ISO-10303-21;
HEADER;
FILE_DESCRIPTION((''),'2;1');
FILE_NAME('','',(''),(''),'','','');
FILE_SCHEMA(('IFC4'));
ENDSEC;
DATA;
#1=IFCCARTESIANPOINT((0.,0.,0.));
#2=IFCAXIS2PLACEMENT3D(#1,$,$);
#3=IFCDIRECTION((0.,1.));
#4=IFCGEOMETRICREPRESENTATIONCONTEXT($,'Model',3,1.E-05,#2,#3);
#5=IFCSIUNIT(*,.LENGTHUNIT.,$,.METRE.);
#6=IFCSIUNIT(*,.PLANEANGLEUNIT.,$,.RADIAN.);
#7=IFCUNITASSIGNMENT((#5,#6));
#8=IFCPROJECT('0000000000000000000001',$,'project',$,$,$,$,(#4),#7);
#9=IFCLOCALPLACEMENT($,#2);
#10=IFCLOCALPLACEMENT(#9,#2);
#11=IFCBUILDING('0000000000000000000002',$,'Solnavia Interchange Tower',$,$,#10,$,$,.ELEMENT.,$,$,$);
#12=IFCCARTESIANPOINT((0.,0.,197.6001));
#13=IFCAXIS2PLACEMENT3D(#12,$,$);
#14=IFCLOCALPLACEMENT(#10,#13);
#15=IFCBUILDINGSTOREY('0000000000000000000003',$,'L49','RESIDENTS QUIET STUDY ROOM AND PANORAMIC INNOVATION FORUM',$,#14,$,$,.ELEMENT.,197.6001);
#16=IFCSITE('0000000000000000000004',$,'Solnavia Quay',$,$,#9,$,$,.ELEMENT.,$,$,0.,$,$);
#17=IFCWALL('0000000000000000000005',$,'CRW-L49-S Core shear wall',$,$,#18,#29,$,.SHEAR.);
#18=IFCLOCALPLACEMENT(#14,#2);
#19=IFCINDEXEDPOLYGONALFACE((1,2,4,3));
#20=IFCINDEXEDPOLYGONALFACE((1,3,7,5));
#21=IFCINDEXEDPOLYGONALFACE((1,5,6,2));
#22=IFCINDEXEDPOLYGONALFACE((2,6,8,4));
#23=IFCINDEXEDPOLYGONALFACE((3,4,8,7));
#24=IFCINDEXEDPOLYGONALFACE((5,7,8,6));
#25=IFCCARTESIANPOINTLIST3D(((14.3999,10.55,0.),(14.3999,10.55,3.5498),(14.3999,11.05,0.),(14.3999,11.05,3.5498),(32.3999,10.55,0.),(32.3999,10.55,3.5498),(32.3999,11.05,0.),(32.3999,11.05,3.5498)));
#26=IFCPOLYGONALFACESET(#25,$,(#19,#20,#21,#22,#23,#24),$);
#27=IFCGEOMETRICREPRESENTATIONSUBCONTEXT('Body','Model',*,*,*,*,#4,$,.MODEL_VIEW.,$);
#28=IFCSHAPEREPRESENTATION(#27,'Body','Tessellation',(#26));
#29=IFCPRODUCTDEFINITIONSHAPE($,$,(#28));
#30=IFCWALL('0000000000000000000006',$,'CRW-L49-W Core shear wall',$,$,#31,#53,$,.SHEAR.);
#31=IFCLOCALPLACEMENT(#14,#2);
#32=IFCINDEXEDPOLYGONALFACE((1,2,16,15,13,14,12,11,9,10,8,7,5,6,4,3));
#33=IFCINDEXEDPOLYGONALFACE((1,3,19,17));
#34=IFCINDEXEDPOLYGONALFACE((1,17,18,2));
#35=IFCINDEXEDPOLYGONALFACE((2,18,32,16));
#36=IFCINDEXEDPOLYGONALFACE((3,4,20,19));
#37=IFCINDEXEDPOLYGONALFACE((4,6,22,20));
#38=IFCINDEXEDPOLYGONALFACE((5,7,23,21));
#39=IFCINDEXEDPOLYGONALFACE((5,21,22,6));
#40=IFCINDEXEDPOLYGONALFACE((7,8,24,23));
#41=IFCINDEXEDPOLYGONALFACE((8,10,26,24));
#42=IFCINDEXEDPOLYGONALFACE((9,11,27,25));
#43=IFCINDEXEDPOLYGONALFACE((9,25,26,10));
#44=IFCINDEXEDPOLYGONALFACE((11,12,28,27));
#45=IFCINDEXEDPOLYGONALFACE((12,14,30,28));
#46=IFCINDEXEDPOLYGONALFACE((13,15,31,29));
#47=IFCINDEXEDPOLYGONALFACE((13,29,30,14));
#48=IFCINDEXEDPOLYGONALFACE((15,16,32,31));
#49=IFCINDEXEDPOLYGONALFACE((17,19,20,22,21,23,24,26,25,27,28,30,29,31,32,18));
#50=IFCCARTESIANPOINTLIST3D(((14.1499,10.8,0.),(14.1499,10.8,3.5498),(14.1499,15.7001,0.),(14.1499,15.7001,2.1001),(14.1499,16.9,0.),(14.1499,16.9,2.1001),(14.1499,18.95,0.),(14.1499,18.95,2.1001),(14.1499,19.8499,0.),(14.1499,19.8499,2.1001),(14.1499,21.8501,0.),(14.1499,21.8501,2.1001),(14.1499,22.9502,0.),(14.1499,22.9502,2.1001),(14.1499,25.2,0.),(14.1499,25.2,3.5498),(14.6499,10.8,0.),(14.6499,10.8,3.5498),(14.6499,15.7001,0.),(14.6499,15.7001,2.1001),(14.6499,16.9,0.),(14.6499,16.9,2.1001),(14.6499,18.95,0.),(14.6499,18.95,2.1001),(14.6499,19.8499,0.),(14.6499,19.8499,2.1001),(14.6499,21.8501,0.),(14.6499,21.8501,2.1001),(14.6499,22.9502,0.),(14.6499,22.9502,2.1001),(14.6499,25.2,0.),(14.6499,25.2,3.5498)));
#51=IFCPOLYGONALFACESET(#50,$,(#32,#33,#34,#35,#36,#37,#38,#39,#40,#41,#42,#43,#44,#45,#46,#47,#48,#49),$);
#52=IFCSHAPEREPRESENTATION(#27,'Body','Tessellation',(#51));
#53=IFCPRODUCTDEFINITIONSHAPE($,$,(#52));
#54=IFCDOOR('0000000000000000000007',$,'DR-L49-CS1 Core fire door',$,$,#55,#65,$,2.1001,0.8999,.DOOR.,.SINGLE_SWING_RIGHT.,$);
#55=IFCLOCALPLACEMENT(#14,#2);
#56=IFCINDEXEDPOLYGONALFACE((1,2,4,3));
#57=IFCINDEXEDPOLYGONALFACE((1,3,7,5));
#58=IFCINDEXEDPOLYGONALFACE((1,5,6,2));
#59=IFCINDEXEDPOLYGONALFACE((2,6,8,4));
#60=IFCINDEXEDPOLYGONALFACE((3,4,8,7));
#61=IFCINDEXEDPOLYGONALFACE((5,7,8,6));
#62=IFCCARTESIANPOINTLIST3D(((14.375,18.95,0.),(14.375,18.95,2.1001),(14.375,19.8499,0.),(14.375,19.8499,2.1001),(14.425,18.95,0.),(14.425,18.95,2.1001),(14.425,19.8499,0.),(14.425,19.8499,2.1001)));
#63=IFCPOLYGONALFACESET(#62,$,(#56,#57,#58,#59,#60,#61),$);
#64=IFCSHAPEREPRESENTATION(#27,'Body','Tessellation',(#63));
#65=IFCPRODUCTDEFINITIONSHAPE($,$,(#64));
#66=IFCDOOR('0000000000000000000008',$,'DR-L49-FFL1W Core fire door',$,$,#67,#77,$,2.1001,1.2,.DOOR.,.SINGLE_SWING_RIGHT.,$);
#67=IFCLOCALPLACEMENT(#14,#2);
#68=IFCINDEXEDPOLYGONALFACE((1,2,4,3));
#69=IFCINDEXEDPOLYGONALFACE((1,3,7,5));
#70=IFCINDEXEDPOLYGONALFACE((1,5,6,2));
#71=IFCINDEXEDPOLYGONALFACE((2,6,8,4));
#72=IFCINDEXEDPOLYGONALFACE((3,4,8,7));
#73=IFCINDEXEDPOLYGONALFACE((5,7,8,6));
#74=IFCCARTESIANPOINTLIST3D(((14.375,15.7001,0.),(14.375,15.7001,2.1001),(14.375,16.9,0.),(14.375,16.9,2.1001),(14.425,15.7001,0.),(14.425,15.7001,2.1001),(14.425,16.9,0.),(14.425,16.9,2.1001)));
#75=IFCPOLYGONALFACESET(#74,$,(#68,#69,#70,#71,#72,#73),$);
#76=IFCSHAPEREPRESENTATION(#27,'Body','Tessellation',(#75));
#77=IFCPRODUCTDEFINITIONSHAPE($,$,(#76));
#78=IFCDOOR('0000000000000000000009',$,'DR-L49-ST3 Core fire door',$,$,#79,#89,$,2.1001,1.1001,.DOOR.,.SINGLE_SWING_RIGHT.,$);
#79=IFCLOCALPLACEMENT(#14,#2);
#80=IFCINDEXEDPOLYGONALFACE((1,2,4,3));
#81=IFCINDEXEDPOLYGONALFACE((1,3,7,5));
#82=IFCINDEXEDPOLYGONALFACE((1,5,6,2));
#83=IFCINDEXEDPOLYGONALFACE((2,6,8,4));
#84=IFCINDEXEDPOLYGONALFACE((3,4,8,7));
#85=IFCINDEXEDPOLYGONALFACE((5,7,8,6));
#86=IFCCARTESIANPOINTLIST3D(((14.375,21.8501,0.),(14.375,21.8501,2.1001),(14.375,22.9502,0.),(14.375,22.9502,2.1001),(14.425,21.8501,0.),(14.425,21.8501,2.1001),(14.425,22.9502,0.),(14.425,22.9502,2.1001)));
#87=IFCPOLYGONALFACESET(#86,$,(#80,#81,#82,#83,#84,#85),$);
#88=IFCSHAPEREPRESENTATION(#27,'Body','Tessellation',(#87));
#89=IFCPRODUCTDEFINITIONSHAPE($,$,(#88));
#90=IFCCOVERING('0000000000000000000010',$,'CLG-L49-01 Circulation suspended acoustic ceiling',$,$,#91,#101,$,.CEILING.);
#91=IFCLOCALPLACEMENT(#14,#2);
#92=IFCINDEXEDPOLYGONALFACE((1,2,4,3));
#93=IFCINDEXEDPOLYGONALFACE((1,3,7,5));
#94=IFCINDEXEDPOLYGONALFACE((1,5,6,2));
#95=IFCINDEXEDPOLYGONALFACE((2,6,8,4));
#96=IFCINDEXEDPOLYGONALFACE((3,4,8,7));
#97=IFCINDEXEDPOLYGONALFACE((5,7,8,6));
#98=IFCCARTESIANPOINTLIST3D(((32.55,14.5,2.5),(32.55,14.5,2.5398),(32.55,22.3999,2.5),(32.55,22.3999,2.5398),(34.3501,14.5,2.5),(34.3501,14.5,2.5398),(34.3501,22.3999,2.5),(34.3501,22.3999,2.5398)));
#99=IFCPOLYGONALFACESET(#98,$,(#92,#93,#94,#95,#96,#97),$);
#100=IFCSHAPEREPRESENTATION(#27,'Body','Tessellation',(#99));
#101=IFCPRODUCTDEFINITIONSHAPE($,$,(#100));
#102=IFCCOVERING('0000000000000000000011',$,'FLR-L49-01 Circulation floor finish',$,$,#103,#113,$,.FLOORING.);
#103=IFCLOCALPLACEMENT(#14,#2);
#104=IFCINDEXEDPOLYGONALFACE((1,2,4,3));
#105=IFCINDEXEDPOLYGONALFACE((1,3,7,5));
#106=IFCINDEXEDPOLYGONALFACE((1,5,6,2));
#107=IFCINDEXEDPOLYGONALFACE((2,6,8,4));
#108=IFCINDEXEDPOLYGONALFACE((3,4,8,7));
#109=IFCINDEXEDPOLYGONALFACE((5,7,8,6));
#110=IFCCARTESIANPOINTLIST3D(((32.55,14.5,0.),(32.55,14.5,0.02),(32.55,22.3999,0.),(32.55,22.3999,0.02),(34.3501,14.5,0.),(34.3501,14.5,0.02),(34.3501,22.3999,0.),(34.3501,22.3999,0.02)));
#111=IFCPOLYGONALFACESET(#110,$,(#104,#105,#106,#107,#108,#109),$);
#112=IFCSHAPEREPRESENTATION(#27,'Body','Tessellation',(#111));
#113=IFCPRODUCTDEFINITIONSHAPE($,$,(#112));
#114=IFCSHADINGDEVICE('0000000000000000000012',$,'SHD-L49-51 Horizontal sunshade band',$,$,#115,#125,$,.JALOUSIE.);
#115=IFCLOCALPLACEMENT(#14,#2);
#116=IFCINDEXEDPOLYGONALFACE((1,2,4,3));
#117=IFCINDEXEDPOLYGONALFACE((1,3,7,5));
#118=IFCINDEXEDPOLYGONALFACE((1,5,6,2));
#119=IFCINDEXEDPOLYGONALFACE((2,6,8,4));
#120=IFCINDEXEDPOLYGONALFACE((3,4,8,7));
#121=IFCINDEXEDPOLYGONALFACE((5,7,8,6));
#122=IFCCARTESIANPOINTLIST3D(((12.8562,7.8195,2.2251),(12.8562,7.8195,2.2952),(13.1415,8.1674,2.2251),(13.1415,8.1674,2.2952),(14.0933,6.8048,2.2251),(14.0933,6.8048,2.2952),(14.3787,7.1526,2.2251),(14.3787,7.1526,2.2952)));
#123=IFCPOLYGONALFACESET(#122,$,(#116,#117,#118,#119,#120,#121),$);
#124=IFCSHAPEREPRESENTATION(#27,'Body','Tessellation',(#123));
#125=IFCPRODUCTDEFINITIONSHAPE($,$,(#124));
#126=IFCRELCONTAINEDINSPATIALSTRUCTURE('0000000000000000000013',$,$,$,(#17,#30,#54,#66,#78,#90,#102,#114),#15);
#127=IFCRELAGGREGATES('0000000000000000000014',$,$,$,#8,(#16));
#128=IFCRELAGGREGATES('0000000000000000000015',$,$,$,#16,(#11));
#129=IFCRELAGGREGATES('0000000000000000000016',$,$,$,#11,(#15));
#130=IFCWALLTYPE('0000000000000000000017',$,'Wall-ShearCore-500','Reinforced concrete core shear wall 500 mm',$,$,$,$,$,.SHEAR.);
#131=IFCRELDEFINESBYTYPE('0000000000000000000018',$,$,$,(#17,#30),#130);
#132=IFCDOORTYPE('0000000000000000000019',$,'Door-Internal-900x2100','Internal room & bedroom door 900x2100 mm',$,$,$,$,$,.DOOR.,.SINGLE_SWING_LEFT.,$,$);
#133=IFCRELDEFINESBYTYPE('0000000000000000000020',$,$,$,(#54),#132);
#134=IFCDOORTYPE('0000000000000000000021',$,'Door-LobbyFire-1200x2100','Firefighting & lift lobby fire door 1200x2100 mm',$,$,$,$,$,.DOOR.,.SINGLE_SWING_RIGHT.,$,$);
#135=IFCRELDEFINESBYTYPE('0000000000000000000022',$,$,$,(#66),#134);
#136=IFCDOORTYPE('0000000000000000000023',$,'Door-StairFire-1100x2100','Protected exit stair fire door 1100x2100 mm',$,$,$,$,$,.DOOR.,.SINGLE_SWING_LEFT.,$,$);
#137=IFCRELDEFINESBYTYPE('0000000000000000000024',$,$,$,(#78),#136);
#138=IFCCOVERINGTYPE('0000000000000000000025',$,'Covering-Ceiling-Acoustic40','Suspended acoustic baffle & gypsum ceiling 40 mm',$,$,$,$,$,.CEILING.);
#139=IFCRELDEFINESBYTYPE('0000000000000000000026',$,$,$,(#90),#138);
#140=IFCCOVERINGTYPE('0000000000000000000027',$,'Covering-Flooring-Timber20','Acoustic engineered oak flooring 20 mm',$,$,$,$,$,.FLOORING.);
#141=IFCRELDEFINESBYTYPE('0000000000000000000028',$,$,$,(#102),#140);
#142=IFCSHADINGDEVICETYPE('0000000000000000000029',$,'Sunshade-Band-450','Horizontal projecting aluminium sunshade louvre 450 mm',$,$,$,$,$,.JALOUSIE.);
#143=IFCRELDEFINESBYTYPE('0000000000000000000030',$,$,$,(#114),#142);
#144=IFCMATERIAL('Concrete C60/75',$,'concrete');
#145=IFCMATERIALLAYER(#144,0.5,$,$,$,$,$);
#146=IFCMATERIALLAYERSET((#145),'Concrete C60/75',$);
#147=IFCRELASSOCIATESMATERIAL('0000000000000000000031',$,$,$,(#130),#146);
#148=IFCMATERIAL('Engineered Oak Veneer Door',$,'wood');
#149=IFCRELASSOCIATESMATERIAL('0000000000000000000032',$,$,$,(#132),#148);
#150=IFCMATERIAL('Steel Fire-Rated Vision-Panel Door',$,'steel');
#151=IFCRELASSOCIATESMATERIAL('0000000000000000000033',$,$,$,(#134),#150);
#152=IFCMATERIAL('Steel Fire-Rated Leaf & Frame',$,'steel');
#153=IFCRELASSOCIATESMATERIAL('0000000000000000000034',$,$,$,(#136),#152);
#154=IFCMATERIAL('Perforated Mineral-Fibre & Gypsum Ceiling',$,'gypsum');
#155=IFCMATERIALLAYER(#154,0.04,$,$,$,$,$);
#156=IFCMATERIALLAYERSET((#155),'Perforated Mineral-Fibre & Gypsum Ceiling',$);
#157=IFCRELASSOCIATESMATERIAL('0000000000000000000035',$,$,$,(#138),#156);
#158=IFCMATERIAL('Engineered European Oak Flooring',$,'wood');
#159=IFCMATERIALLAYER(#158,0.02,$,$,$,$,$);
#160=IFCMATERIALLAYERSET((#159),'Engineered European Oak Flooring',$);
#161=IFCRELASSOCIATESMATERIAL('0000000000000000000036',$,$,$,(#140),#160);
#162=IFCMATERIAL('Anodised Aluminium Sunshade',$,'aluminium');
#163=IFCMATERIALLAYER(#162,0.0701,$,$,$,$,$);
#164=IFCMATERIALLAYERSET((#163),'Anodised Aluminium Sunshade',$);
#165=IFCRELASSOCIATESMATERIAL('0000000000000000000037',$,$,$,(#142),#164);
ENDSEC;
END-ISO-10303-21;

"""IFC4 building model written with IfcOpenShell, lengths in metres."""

from ifc_helpers import new_model, si_unit, direction, frame, frame_2d, origin, origin_2d, place, context, subcontext, project, spatial, polyline, rectangle, outline, extrude, material, layer, layer_set, type_object, element, fill, save


model = new_model("IFC4")

# Units and contexts
model_context = context("Model", 3, precision=1e-05, world=origin(), true_north=direction((0.0, 1.0)))
body_context = subcontext(model_context, "Body", "Model", "MODEL_VIEW")
ifc_project = project(units=[si_unit("LENGTHUNIT", "METRE"), si_unit("PLANEANGLEUNIT", "RADIAN")], contexts=[model_context])

# Site, building, storey
site_placement = place(None, origin())
site = spatial("IfcSite", under=ifc_project, at=site_placement, Name="Solnavia Quay", CompositionType="ELEMENT", RefElevation=0.0)
building_placement = place(site_placement, origin())
building = spatial("IfcBuilding", under=site, at=building_placement, Name="Solnavia Interchange Tower", CompositionType="ELEMENT")
storey_placement = place(building_placement, frame((0.0, 0.0, 197.6001)))
storey = spatial("IfcBuildingStorey", under=building, at=storey_placement, Name="L49", Description="RESIDENTS QUIET STUDY ROOM AND PANORAMIC INNOVATION FORUM", CompositionType="ELEMENT", Elevation=197.6001)

# Wall
ifc_material_1 = material(Name="Concrete C60/75", Category="concrete")
ifc_layer_1 = layer(ifc_material_1, 0.5)
ifc_layer_set_1 = layer_set([ifc_layer_1], Name="Concrete C60/75")
wall_type_1 = type_object("IfcWallType", Name="Wall-ShearCore-500", Description="Reinforced concrete core shear wall 500 mm", PredefinedType="SHEAR", material=ifc_layer_set_1)
wall_1_placement = place(storey_placement, frame((14.3999, 10.8, 0.0), z_axis=(0.0, 0.0, 1.0), x_axis=(1.0, 0.0, 0.0)))
element("IfcWall", 1, at=wall_1_placement, inside=storey, type_object=wall_type_1, Name="CRW-L49-S Core shear wall", PredefinedType="SHEAR", context=body_context, shape_type="SweptSolid", body=[
    extrude(rectangle(XDim=18.0, YDim=0.5, at=frame_2d((9.0, 0.0))), origin(), (0.0, 0.0, 1.0), 3.5498),
])

# Wall, openings, doors
wall_2_placement = place(storey_placement, frame((14.3999, 10.8, 0.0), z_axis=(0.0, 0.0, 1.0), x_axis=(0.0, 1.0, 0.0)))
wall_2 = element("IfcWall", 2, at=wall_2_placement, inside=storey, type_object=wall_type_1, Name="CRW-L49-W Core shear wall", PredefinedType="SHEAR", context=body_context, shape_type="SweptSolid", body=[
    extrude(rectangle(XDim=14.3999, YDim=0.5, at=frame_2d((7.2, 0.0))), origin(), (0.0, 0.0, 1.0), 3.5498),
])
opening_1_placement = place(wall_2_placement, frame((11.05, 0.0, 0.0)))
opening_1 = element("IfcOpeningElement", 3, at=opening_1_placement, cuts=wall_2, PredefinedType="OPENING", context=body_context, shape_type="SweptSolid", body=[
    extrude(rectangle(XDim=1.1001, YDim=2.1001, at=frame_2d((0.55, 1.05))), frame((0.0, 0.26, 0.0), z_axis=(0.0, -1.0, 0.0), x_axis=(1.0, 0.0, 0.0)), (0.0, 0.0, 1.0), 0.52),
])
opening_2_placement = place(wall_2_placement, frame((4.8999, 0.0, 0.0)))
opening_2 = element("IfcOpeningElement", 4, at=opening_2_placement, cuts=wall_2, PredefinedType="OPENING", context=body_context, shape_type="SweptSolid", body=[
    extrude(rectangle(XDim=1.2, YDim=2.1001, at=frame_2d((0.6001, 1.05))), frame((0.0, 0.26, 0.0), z_axis=(0.0, -1.0, 0.0), x_axis=(1.0, 0.0, 0.0)), (0.0, 0.0, 1.0), 0.52),
])
opening_3_placement = place(wall_2_placement, frame((8.1499, 0.0, 0.0)))
opening_3 = element("IfcOpeningElement", 5, at=opening_3_placement, cuts=wall_2, PredefinedType="OPENING", context=body_context, shape_type="SweptSolid", body=[
    extrude(rectangle(XDim=0.8999, YDim=2.1001, at=frame_2d((0.45, 1.05))), frame((0.0, 0.26, 0.0), z_axis=(0.0, -1.0, 0.0), x_axis=(1.0, 0.0, 0.0)), (0.0, 0.0, 1.0), 0.52),
])
ifc_material_2 = material(Name="Engineered Oak Veneer Door", Category="wood")
door_type_1 = type_object("IfcDoorType", Name="Door-Internal-900x2100", Description="Internal room & bedroom door 900x2100 mm", OperationType="SINGLE_SWING_LEFT", PredefinedType="DOOR", material=ifc_material_2)
door_1_placement = place(opening_3_placement, origin())
door_1 = element("IfcDoor", 6, at=door_1_placement, inside=storey, type_object=door_type_1, Name="DR-L49-CS1 Core fire door", OperationType="SINGLE_SWING_RIGHT", OverallHeight=2.1001, OverallWidth=0.8999, PredefinedType="DOOR", context=body_context, shape_type="SweptSolid", body=[
    extrude(rectangle(XDim=0.8999, YDim=2.1001, at=frame_2d((0.45, 1.05))), frame((0.0, 0.0249, 0.0), z_axis=(0.0, -1.0, 0.0), x_axis=(1.0, 0.0, 0.0)), (0.0, 0.0, 1.0), 0.05),
])
fill(opening_3, door_1)
ifc_material_3 = material(Name="Steel Fire-Rated Vision-Panel Door", Category="steel")
door_type_2 = type_object("IfcDoorType", Name="Door-LobbyFire-1200x2100", Description="Firefighting & lift lobby fire door 1200x2100 mm", OperationType="SINGLE_SWING_RIGHT", PredefinedType="DOOR", material=ifc_material_3)
door_2_placement = place(opening_2_placement, origin())
door_2 = element("IfcDoor", 7, at=door_2_placement, inside=storey, type_object=door_type_2, Name="DR-L49-FFL1W Core fire door", OperationType="SINGLE_SWING_RIGHT", OverallHeight=2.1001, OverallWidth=1.2, PredefinedType="DOOR", context=body_context, shape_type="SweptSolid", body=[
    extrude(rectangle(XDim=1.2, YDim=2.1001, at=frame_2d((0.6001, 1.05))), frame((0.0, 0.0249, 0.0), z_axis=(0.0, -1.0, 0.0), x_axis=(1.0, 0.0, 0.0)), (0.0, 0.0, 1.0), 0.05),
])
fill(opening_2, door_2)
ifc_material_4 = material(Name="Steel Fire-Rated Leaf & Frame", Category="steel")
door_type_3 = type_object("IfcDoorType", Name="Door-StairFire-1100x2100", Description="Protected exit stair fire door 1100x2100 mm", OperationType="SINGLE_SWING_LEFT", PredefinedType="DOOR", material=ifc_material_4)
door_3_placement = place(opening_1_placement, origin())
door_3 = element("IfcDoor", 8, at=door_3_placement, inside=storey, type_object=door_type_3, Name="DR-L49-ST3 Core fire door", OperationType="SINGLE_SWING_RIGHT", OverallHeight=2.1001, OverallWidth=1.1001, PredefinedType="DOOR", context=body_context, shape_type="SweptSolid", body=[
    extrude(rectangle(XDim=1.1001, YDim=2.1001, at=frame_2d((0.55, 1.05))), frame((0.0, 0.0249, 0.0), z_axis=(0.0, -1.0, 0.0), x_axis=(1.0, 0.0, 0.0)), (0.0, 0.0, 1.0), 0.05),
])
fill(opening_1, door_3)

# Coverings
ifc_material_5 = material(Name="Perforated Mineral-Fibre & Gypsum Ceiling", Category="gypsum")
ifc_layer_2 = layer(ifc_material_5, 0.04)
ifc_layer_set_2 = layer_set([ifc_layer_2], Name="Perforated Mineral-Fibre & Gypsum Ceiling")
covering_type_1 = type_object("IfcCoveringType", Name="Covering-Ceiling-Acoustic40", Description="Suspended acoustic baffle & gypsum ceiling 40 mm", PredefinedType="CEILING", material=ifc_layer_set_2)
covering_1_placement = place(storey_placement, frame((0.0, 0.0, 2.5)))
element("IfcCovering", 9, at=covering_1_placement, inside=storey, type_object=covering_type_1, Name="CLG-L49-01 Circulation suspended acoustic ceiling", PredefinedType="CEILING", context=body_context, shape_type="SweptSolid", body=[
    extrude(outline(polyline([(32.55, 14.5), (34.3501, 14.5), (34.3501, 22.3999), (32.55, 22.3999), (32.55, 14.5)])), origin(), (0.0, 0.0, 1.0), 0.0398),
])
ifc_material_6 = material(Name="Engineered European Oak Flooring", Category="wood")
ifc_layer_3 = layer(ifc_material_6, 0.02)
ifc_layer_set_3 = layer_set([ifc_layer_3], Name="Engineered European Oak Flooring")
covering_type_2 = type_object("IfcCoveringType", Name="Covering-Flooring-Timber20", Description="Acoustic engineered oak flooring 20 mm", PredefinedType="FLOORING", material=ifc_layer_set_3)
covering_2_placement = place(storey_placement, origin())
element("IfcCovering", 10, at=covering_2_placement, inside=storey, type_object=covering_type_2, Name="FLR-L49-01 Circulation floor finish", PredefinedType="FLOORING", context=body_context, shape_type="SweptSolid", body=[
    extrude(outline(polyline([(32.55, 14.5), (34.3501, 14.5), (34.3501, 22.3999), (32.55, 22.3999), (32.55, 14.5)])), origin(), (0.0, 0.0, 1.0), 0.02),
])

# Shading device
ifc_material_7 = material(Name="Anodised Aluminium Sunshade", Category="aluminium")
ifc_layer_4 = layer(ifc_material_7, 0.0701)
ifc_layer_set_4 = layer_set([ifc_layer_4], Name="Anodised Aluminium Sunshade")
shading_device_type = type_object("IfcShadingDeviceType", Name="Sunshade-Band-450", Description="Horizontal projecting aluminium sunshade louvre 450 mm", PredefinedType="JALOUSIE", material=ifc_layer_set_4)
shading_device_placement = place(storey_placement, frame((13.6174, 7.4861, 2.2251), z_axis=(0.0, 0.0, 1.0), x_axis=(-0.773177, 0.634191, 0.0)))
element("IfcShadingDevice", 11, at=shading_device_placement, inside=storey, type_object=shading_device_type, Name="SHD-L49-51 Horizontal sunshade band", PredefinedType="JALOUSIE", context=body_context, shape_type="SweptSolid", body=[
    extrude(rectangle(XDim=1.6001, YDim=0.45, at=origin_2d()), origin(), (0.0, 0.0, 1.0), 0.0701),
])

save(model, "model.ifc")
